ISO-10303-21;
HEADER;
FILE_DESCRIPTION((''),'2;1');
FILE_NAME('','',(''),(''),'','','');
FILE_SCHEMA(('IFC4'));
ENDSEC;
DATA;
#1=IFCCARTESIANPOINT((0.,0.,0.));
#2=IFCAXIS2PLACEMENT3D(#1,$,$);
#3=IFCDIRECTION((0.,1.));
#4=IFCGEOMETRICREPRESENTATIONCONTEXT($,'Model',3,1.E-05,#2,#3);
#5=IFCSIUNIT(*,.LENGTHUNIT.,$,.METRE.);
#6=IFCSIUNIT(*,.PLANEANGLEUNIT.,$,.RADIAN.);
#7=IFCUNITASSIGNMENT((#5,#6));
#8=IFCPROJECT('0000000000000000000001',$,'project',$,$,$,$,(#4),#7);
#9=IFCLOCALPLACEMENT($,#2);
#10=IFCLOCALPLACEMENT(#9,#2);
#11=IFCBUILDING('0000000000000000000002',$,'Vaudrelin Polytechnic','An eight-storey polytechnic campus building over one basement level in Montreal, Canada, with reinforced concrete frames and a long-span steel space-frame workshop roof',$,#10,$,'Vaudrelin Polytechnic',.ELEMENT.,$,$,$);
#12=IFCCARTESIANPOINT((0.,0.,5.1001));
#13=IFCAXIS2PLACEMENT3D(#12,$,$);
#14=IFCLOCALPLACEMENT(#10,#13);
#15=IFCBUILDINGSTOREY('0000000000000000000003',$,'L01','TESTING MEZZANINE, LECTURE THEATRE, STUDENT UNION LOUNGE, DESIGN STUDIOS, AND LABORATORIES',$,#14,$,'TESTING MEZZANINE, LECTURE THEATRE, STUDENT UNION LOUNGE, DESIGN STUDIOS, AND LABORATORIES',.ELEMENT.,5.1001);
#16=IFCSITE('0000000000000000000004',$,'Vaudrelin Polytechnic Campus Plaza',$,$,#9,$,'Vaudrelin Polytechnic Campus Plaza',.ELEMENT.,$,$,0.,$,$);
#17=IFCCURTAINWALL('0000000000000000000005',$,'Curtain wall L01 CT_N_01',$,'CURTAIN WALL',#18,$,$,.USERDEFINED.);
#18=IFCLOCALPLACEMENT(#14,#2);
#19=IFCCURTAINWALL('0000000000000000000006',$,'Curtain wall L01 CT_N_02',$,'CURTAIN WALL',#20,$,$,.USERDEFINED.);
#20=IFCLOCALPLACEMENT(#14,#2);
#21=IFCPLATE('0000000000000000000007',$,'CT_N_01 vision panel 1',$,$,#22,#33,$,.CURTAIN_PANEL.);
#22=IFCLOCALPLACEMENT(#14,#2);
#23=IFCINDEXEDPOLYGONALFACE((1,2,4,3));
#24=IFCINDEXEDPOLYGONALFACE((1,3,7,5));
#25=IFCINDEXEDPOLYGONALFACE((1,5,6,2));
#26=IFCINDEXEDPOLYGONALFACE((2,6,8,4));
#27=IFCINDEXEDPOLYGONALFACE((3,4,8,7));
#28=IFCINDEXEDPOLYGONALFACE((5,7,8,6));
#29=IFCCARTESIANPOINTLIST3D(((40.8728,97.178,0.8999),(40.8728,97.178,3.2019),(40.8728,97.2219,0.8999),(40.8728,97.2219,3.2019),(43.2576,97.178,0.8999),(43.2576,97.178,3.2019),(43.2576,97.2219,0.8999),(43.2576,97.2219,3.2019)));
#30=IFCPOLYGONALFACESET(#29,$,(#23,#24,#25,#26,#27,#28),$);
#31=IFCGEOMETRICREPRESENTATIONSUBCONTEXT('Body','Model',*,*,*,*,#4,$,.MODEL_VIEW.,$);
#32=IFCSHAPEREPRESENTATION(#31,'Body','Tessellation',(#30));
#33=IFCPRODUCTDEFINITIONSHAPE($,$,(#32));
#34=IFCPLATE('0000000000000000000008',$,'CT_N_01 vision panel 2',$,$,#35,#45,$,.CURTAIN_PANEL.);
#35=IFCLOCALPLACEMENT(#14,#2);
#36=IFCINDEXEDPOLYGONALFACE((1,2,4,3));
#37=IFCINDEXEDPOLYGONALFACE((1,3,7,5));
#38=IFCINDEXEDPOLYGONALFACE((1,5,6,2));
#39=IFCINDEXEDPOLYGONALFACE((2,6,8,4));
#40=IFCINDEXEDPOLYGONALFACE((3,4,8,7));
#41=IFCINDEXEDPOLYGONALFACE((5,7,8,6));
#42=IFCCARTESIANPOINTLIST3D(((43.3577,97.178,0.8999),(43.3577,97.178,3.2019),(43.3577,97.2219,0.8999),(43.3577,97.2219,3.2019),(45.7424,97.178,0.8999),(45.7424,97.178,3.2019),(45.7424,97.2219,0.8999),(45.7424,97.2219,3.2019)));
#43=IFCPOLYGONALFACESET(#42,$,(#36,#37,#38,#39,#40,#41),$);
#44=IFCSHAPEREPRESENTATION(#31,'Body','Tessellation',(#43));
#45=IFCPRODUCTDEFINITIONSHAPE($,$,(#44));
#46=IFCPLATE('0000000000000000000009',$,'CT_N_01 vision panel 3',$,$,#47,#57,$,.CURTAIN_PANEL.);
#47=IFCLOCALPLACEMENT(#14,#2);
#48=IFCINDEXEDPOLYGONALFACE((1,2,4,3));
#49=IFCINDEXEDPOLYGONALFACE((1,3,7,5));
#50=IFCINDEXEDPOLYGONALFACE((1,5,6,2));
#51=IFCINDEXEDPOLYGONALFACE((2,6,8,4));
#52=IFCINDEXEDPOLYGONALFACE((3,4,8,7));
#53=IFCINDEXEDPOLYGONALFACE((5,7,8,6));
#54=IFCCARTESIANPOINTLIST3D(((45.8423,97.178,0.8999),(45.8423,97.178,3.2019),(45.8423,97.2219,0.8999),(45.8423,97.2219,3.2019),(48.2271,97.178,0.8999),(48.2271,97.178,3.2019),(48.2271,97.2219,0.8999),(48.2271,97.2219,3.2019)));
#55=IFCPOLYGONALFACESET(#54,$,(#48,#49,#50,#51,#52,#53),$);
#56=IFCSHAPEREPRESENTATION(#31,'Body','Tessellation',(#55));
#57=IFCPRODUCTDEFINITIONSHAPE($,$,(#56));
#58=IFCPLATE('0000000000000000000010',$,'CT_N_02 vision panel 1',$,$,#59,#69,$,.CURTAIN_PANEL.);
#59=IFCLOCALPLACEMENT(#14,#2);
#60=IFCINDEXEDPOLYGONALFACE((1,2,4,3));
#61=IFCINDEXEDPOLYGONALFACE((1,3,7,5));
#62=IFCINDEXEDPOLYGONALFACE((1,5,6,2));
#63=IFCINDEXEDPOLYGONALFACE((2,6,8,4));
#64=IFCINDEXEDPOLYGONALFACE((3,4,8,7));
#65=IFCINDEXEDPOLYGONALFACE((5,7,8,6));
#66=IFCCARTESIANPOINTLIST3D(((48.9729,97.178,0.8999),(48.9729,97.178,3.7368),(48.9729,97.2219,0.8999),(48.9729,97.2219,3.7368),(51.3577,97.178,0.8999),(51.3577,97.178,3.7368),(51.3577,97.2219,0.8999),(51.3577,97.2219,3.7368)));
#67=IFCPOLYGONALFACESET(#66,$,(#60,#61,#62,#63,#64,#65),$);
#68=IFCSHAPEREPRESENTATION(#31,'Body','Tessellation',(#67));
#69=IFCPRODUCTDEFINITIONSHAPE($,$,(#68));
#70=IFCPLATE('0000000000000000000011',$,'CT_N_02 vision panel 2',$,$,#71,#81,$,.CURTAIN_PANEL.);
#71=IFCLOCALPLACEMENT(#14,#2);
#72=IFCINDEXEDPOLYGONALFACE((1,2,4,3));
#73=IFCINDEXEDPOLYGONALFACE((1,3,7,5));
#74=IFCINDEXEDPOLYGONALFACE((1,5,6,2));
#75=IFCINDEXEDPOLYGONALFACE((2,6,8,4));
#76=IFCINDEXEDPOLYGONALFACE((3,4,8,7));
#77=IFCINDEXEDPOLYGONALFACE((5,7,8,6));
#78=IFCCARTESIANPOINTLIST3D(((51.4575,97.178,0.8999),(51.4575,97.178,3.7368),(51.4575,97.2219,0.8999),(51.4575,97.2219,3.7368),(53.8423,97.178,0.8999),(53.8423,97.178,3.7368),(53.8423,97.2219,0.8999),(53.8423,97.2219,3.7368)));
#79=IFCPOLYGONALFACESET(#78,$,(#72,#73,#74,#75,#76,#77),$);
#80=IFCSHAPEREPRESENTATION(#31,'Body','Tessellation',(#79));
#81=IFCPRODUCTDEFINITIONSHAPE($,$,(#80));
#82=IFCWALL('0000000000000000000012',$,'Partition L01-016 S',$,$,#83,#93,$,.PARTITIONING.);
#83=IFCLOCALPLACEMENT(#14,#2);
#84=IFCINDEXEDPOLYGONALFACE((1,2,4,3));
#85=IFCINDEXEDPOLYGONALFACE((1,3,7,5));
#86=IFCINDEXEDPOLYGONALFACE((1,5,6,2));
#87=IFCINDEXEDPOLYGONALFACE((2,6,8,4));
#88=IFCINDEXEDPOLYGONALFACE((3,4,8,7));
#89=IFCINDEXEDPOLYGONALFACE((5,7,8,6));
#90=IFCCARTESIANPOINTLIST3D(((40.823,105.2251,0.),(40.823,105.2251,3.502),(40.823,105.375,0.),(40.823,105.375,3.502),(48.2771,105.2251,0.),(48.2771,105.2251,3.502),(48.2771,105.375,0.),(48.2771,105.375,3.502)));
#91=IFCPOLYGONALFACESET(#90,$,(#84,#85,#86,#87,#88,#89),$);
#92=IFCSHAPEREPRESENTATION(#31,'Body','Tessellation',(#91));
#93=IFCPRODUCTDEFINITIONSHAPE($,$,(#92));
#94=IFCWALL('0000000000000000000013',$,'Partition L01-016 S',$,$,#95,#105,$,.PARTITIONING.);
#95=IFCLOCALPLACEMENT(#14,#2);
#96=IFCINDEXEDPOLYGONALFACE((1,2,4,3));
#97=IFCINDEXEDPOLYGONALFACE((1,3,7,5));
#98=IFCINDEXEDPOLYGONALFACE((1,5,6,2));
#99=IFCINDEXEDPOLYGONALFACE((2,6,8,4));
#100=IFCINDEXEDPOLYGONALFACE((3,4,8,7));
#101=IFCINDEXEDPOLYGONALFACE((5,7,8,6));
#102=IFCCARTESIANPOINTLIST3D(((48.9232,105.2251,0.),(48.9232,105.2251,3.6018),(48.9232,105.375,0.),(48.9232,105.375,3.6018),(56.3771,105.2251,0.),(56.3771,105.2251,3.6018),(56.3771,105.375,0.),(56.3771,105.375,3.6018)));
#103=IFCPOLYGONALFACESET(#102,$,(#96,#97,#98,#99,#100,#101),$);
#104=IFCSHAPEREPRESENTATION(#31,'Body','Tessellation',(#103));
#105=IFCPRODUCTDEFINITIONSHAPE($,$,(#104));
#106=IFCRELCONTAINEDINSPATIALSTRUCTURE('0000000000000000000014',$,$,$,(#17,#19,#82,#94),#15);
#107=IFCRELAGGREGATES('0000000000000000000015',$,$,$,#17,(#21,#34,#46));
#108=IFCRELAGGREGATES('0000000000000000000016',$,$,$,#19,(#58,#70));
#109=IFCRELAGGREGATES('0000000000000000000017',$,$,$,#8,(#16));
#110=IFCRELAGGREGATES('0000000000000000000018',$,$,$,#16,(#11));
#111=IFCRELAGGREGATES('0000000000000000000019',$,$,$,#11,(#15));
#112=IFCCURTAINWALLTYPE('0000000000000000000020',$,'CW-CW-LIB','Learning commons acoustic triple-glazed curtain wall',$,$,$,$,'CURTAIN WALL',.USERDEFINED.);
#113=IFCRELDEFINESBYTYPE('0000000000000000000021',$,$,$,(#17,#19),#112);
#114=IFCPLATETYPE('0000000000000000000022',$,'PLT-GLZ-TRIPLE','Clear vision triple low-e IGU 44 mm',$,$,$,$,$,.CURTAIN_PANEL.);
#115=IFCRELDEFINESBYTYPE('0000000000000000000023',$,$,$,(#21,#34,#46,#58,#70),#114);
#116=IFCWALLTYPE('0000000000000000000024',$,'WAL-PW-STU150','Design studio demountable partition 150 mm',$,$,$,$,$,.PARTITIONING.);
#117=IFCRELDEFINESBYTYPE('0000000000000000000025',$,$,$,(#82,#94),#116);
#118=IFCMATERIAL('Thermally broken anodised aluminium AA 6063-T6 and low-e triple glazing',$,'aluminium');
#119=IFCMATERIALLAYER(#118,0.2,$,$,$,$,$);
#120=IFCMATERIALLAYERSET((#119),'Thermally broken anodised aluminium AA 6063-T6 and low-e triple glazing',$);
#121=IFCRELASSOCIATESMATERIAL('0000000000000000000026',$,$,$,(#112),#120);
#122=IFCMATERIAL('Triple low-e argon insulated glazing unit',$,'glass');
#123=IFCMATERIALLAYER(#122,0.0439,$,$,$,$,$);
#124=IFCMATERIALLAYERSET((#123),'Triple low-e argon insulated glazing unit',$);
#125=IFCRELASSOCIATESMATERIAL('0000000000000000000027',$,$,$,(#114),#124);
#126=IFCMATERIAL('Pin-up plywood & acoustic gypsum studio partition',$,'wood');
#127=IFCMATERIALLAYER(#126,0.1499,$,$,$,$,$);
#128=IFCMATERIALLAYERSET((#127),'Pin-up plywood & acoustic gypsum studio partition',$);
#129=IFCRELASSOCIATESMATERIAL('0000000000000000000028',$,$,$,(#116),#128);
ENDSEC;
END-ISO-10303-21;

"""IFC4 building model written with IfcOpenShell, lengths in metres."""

from ifc_helpers import new_model, si_unit, direction, frame, frame_2d, origin, origin_2d, place, context, subcontext, project, spatial, rectangle, extrude, material, layer, layer_set, type_object, element, aggregate, save


model = new_model("IFC4")

# Units and contexts
model_context = context("Model", 3, precision=1e-05, world=origin(), true_north=direction((0.0, 1.0)))
body_context = subcontext(model_context, "Body", "Model", "MODEL_VIEW")
ifc_project = project(units=[si_unit("LENGTHUNIT", "METRE"), si_unit("PLANEANGLEUNIT", "RADIAN")], contexts=[model_context])

# Site, building, storey
site_placement = place(None, origin())
site = spatial("IfcSite", under=ifc_project, at=site_placement, Name="Vaudrelin Polytechnic Campus Plaza", LongName="Vaudrelin Polytechnic Campus Plaza", CompositionType="ELEMENT", RefElevation=0.0)
building_placement = place(site_placement, origin())
building = spatial("IfcBuilding", under=site, at=building_placement, Name="Vaudrelin Polytechnic", Description="An eight-storey polytechnic campus building over one basement level in Montreal, Canada, with reinforced concrete frames and a long-span steel space-frame workshop roof", LongName="Vaudrelin Polytechnic", CompositionType="ELEMENT")
storey_placement = place(building_placement, frame((0.0, 0.0, 5.1001)))
storey = spatial("IfcBuildingStorey", under=building, at=storey_placement, Name="L01", Description="TESTING MEZZANINE, LECTURE THEATRE, STUDENT UNION LOUNGE, DESIGN STUDIOS, AND LABORATORIES", LongName="TESTING MEZZANINE, LECTURE THEATRE, STUDENT UNION LOUNGE, DESIGN STUDIOS, AND LABORATORIES", CompositionType="ELEMENT", Elevation=5.1001)

# Curtain walls
ifc_material_1 = material(Name="Thermally broken anodised aluminium AA 6063-T6 and low-e triple glazing", Category="aluminium")
ifc_layer_1 = layer(ifc_material_1, 0.2)
ifc_layer_set_1 = layer_set([ifc_layer_1], Name="Thermally broken anodised aluminium AA 6063-T6 and low-e triple glazing")
curtain_wall_type = type_object("IfcCurtainWallType", Name="CW-CW-LIB", Description="Learning commons acoustic triple-glazed curtain wall", ElementType="CURTAIN WALL", PredefinedType="USERDEFINED", material=ifc_layer_set_1)
curtain_wall_1_placement = place(storey_placement, origin())
curtain_wall_1 = element("IfcCurtainWall", 1, at=curtain_wall_1_placement, inside=storey, type_object=curtain_wall_type, Name="Curtain wall L01 CT_N_01", ObjectType="CURTAIN WALL", PredefinedType="USERDEFINED")
curtain_wall_2_placement = place(storey_placement, origin())
curtain_wall_2 = element("IfcCurtainWall", 2, at=curtain_wall_2_placement, inside=storey, type_object=curtain_wall_type, Name="Curtain wall L01 CT_N_02", ObjectType="CURTAIN WALL", PredefinedType="USERDEFINED")

# Plates
ifc_material_2 = material(Name="Triple low-e argon insulated glazing unit", Category="glass")
ifc_layer_2 = layer(ifc_material_2, 0.0439)
ifc_layer_set_2 = layer_set([ifc_layer_2], Name="Triple low-e argon insulated glazing unit")
plate_type_1 = type_object("IfcPlateType", Name="PLT-GLZ-TRIPLE", Description="Clear vision triple low-e IGU 44 mm", PredefinedType="CURTAIN_PANEL", material=ifc_layer_set_2)
plate_1_placement = place(storey_placement, frame((42.0652, 97.2, 0.8999), z_axis=(0.0, 0.0, 1.0), x_axis=(1.0, 0.0, 0.0)))
plate_1 = element("IfcPlate", 3, at=plate_1_placement, type_object=plate_type_1, Name="CT_N_01 vision panel 1", PredefinedType="CURTAIN_PANEL", context=body_context, shape_type="SweptSolid", body=[
    extrude(rectangle(XDim=2.3848, YDim=0.0439, at=origin_2d()), origin(), (0.0, 0.0, 1.0), 2.302),
])
plate_2_placement = place(storey_placement, frame((44.55, 97.2, 0.8999), z_axis=(0.0, 0.0, 1.0), x_axis=(1.0, 0.0, 0.0)))
plate_2 = element("IfcPlate", 4, at=plate_2_placement, type_object=plate_type_1, Name="CT_N_01 vision panel 2", PredefinedType="CURTAIN_PANEL", context=body_context, shape_type="SweptSolid", body=[
    extrude(rectangle(XDim=2.3848, YDim=0.0439, at=origin_2d()), origin(), (0.0, 0.0, 1.0), 2.302),
])
plate_3_placement = place(storey_placement, frame((47.0347, 97.2, 0.8999), z_axis=(0.0, 0.0, 1.0), x_axis=(1.0, 0.0, 0.0)))
plate_3 = element("IfcPlate", 5, at=plate_3_placement, type_object=plate_type_1, Name="CT_N_01 vision panel 3", PredefinedType="CURTAIN_PANEL", context=body_context, shape_type="SweptSolid", body=[
    extrude(rectangle(XDim=2.3848, YDim=0.0439, at=origin_2d()), origin(), (0.0, 0.0, 1.0), 2.302),
])
aggregate(curtain_wall_1, [plate_1, plate_2, plate_3])
plate_4_placement = place(storey_placement, frame((50.1653, 97.2, 0.8999), z_axis=(0.0, 0.0, 1.0), x_axis=(1.0, 0.0, 0.0)))
plate_4 = element("IfcPlate", 6, at=plate_4_placement, type_object=plate_type_1, Name="CT_N_02 vision panel 1", PredefinedType="CURTAIN_PANEL", context=body_context, shape_type="SweptSolid", body=[
    extrude(rectangle(XDim=2.3848, YDim=0.0439, at=origin_2d()), origin(), (0.0, 0.0, 1.0), 2.8369),
])
plate_5_placement = place(storey_placement, frame((52.6499, 97.2, 0.8999), z_axis=(0.0, 0.0, 1.0), x_axis=(1.0, 0.0, 0.0)))
plate_5 = element("IfcPlate", 7, at=plate_5_placement, type_object=plate_type_1, Name="CT_N_02 vision panel 2", PredefinedType="CURTAIN_PANEL", context=body_context, shape_type="SweptSolid", body=[
    extrude(rectangle(XDim=2.3848, YDim=0.0439, at=origin_2d()), origin(), (0.0, 0.0, 1.0), 2.8369),
])
aggregate(curtain_wall_2, [plate_4, plate_5])

# Walls
ifc_material_3 = material(Name="Pin-up plywood & acoustic gypsum studio partition", Category="wood")
ifc_layer_3 = layer(ifc_material_3, 0.1499)
ifc_layer_set_3 = layer_set([ifc_layer_3], Name="Pin-up plywood & acoustic gypsum studio partition")
wall_type = type_object("IfcWallType", Name="WAL-PW-STU150", Description="Design studio demountable partition 150 mm", PredefinedType="PARTITIONING", material=ifc_layer_set_3)
wall_1_placement = place(storey_placement, frame((40.823, 105.3, 0.0), z_axis=(0.0, 0.0, 1.0), x_axis=(1.0, 0.0, 0.0)))
element("IfcWall", 8, at=wall_1_placement, inside=storey, type_object=wall_type, Name="Partition L01-016 S", PredefinedType="PARTITIONING", context=body_context, shape_type="SweptSolid", body=[
    extrude(rectangle(XDim=7.4541, YDim=0.1499, at=frame_2d((3.7271, 0.0))), origin(), (0.0, 0.0, 1.0), 3.502),
])
wall_2_placement = place(storey_placement, frame((48.9231, 105.3, 0.0), z_axis=(0.0, 0.0, 1.0), x_axis=(1.0, 0.0, 0.0)))
element("IfcWall", 9, at=wall_2_placement, inside=storey, type_object=wall_type, Name="Partition L01-016 S", PredefinedType="PARTITIONING", context=body_context, shape_type="SweptSolid", body=[
    extrude(rectangle(XDim=7.4539, YDim=0.1499, at=frame_2d((3.7271, 0.0))), origin(), (0.0, 0.0, 1.0), 3.6018),
])

save(model, "model.ifc")
